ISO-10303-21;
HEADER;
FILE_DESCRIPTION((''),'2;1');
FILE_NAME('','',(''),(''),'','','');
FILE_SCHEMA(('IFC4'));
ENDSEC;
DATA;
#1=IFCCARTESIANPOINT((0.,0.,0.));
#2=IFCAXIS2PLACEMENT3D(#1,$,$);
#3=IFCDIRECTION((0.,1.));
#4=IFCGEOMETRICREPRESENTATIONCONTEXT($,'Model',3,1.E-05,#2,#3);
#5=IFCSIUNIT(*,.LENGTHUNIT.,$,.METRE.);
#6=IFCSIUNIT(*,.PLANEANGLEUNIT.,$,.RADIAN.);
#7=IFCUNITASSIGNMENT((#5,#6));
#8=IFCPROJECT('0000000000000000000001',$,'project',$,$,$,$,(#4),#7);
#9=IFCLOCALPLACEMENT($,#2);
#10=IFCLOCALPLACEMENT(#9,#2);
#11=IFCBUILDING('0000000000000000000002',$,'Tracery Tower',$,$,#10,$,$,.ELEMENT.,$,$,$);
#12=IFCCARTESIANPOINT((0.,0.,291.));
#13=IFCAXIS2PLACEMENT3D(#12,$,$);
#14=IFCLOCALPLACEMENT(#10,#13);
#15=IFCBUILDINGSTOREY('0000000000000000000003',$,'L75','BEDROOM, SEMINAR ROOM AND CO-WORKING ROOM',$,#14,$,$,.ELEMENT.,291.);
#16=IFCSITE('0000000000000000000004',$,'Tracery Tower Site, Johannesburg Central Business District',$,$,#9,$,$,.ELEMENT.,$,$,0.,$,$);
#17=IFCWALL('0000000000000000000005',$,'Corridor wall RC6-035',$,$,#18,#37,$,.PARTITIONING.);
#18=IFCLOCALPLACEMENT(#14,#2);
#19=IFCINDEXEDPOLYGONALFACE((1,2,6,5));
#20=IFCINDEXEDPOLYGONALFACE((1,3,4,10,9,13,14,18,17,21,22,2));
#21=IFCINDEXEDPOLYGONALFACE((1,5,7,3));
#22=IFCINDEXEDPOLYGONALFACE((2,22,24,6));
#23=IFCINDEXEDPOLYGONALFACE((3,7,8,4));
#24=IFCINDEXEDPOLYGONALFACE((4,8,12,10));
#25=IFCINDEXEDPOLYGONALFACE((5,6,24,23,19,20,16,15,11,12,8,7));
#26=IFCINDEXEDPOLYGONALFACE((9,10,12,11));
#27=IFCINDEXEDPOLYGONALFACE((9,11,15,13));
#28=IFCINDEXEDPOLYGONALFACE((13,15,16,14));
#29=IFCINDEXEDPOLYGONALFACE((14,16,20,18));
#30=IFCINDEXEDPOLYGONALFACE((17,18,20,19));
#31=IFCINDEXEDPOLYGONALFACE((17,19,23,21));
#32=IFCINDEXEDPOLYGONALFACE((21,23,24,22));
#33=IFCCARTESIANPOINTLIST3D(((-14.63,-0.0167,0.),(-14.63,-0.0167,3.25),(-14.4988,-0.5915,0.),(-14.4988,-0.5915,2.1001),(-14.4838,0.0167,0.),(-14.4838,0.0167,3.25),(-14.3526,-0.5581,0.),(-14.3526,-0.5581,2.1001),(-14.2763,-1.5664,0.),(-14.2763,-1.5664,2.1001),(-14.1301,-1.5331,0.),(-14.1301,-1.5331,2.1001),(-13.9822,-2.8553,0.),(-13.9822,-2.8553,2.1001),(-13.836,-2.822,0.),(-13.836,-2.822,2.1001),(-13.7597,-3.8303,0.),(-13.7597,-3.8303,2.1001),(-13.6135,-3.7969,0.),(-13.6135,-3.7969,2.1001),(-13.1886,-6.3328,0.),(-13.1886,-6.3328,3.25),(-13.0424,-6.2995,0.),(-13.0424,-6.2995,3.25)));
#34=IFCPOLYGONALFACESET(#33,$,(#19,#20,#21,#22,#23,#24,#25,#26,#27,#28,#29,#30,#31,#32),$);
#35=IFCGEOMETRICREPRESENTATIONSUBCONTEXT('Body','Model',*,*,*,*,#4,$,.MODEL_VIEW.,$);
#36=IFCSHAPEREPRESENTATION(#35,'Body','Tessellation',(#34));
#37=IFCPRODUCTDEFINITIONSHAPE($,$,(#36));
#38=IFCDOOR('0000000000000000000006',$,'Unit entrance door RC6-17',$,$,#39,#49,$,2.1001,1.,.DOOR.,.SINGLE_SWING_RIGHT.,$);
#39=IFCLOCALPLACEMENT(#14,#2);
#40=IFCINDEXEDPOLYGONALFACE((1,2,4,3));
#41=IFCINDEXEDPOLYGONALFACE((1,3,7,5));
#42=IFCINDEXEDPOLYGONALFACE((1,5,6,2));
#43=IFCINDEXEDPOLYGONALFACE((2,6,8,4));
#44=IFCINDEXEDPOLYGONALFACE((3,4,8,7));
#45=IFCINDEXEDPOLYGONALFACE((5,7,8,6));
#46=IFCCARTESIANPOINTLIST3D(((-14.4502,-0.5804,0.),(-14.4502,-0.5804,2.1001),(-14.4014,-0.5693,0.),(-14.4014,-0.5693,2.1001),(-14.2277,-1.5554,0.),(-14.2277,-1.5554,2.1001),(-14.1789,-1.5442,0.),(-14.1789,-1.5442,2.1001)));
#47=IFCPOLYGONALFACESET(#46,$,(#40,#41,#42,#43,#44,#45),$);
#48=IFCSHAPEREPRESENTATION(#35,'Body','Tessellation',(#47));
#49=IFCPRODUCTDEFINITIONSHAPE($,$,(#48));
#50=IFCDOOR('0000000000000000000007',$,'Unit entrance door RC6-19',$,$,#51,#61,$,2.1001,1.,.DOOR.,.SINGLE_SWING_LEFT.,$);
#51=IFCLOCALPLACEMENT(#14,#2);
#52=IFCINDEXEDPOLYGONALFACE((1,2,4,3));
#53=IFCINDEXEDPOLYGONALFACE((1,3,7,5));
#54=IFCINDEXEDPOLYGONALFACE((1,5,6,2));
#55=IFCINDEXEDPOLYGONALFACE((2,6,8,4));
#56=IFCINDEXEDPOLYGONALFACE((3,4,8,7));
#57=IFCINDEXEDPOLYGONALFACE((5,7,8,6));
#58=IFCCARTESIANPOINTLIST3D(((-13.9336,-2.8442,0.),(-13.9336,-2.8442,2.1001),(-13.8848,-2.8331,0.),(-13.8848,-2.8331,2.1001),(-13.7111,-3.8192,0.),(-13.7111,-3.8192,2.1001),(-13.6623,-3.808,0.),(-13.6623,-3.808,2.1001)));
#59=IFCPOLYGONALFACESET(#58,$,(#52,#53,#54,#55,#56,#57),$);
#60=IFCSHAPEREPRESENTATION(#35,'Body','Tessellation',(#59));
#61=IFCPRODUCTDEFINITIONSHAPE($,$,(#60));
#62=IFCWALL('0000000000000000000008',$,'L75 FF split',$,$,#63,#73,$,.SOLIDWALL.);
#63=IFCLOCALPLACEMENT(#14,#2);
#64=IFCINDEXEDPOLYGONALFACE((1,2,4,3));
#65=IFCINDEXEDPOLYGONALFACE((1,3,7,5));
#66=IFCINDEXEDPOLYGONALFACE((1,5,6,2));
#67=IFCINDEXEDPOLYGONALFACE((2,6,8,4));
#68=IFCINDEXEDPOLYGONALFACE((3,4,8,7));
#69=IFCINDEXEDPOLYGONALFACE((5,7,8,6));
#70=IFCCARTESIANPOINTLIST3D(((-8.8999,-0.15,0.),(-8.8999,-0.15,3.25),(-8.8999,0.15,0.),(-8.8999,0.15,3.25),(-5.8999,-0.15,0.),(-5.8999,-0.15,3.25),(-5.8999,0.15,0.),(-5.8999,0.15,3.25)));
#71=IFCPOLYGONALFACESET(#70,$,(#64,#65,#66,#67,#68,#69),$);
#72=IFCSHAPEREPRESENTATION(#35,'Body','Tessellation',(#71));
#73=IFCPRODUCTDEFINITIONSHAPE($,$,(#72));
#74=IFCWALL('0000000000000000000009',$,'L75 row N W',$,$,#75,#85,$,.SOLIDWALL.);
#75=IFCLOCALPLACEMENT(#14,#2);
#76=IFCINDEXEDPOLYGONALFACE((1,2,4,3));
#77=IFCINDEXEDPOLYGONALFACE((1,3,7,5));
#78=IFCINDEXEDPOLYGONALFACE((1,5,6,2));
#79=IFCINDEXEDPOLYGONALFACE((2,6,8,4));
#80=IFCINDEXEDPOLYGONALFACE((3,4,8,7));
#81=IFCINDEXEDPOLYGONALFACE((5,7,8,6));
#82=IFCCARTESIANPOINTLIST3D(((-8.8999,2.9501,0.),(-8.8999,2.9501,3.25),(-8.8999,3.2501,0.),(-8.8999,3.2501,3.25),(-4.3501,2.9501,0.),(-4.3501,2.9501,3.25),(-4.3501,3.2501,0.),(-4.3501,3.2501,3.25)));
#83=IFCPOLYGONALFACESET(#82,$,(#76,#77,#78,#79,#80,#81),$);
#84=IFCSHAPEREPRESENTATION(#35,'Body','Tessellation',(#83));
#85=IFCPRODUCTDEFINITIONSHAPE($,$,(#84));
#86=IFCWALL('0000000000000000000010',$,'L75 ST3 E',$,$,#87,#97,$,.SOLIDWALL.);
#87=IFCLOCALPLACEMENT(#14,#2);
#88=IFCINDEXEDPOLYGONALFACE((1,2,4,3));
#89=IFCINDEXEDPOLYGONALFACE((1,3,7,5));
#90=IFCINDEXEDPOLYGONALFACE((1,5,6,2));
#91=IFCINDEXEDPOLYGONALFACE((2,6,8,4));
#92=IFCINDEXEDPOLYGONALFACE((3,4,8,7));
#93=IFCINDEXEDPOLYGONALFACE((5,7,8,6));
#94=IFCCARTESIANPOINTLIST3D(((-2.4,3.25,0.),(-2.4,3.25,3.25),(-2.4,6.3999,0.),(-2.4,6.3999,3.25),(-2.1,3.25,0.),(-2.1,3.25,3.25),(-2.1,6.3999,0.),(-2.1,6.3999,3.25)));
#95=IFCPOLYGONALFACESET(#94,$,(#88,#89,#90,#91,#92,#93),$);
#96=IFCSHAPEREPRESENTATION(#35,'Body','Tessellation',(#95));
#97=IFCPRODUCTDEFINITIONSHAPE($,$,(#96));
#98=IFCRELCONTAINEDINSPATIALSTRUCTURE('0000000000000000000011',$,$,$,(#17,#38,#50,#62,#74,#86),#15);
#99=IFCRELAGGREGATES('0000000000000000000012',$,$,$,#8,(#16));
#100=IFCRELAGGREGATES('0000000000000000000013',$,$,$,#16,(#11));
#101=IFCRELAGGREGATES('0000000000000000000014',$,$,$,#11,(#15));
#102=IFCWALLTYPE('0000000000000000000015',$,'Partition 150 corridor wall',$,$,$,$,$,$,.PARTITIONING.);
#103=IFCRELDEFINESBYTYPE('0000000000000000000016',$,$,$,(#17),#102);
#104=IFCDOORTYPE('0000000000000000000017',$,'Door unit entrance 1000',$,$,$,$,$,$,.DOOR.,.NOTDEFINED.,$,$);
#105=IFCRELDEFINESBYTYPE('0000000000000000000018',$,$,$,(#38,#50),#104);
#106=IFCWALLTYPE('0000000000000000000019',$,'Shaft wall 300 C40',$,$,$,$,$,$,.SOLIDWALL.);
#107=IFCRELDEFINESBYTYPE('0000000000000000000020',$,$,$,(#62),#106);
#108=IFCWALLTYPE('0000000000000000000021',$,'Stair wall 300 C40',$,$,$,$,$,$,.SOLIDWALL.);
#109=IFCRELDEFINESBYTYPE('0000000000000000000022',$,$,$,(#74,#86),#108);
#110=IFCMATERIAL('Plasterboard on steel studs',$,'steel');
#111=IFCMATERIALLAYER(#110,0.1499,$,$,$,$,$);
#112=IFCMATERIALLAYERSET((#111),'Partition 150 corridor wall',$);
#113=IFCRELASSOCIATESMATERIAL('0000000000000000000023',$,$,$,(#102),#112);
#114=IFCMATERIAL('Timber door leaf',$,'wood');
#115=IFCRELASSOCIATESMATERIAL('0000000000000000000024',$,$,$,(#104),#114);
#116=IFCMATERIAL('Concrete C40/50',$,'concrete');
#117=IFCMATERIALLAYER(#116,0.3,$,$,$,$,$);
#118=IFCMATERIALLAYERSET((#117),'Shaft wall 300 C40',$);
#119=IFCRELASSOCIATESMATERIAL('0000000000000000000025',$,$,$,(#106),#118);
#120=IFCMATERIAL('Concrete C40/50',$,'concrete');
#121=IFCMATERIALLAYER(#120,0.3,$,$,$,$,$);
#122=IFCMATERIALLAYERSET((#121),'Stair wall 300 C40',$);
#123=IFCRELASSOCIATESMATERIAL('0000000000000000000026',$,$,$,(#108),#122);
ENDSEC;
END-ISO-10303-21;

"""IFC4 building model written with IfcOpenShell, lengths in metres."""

from ifc_helpers import new_model, si_unit, direction, frame, frame_2d, origin, place, context, subcontext, project, spatial, rectangle, extrude, material, layer, layer_set, type_object, element, fill, save


model = new_model("IFC4")

# Units and contexts
model_context = context("Model", 3, precision=1e-05, world=origin(), true_north=direction((0.0, 1.0)))
body_context = subcontext(model_context, "Body", "Model", "MODEL_VIEW")
ifc_project = project(units=[si_unit("LENGTHUNIT", "METRE"), si_unit("PLANEANGLEUNIT", "RADIAN")], contexts=[model_context])

# Site, building, storey
site_placement = place(None, origin())
site = spatial("IfcSite", under=ifc_project, at=site_placement, Name="Tracery Tower Site, Johannesburg Central Business District", CompositionType="ELEMENT", RefElevation=0.0)
building_placement = place(site_placement, origin())
building = spatial("IfcBuilding", under=site, at=building_placement, Name="Tracery Tower", CompositionType="ELEMENT")
storey_placement = place(building_placement, frame((0.0, 0.0, 291.0)))
storey = spatial("IfcBuildingStorey", under=building, at=storey_placement, Name="L75", Description="BEDROOM, SEMINAR ROOM AND CO-WORKING ROOM", CompositionType="ELEMENT", Elevation=291.0)

# Shared definitions
ifc_material_1 = material(Name="Plasterboard on steel studs", Category="steel")
ifc_layer_1 = layer(ifc_material_1, 0.1499)
ifc_layer_set_1 = layer_set([ifc_layer_1], Name="Partition 150 corridor wall")
wall_type_1 = type_object("IfcWallType", Name="Partition 150 corridor wall", PredefinedType="PARTITIONING", material=ifc_layer_set_1)

# Shared definitions
ifc_material_2 = material(Name="Timber door leaf", Category="wood")
door_type_1 = type_object("IfcDoorType", Name="Door unit entrance 1000", OperationType="NOTDEFINED", PredefinedType="DOOR", material=ifc_material_2)

# Wall, openings, doors
wall_1_placement = place(storey_placement, frame((-14.5569, 0.0, 0.0), z_axis=(0.0, 0.0, 1.0), x_axis=(0.222489, -0.974935, 0.0)))
wall_1 = element("IfcWall", 1, at=wall_1_placement, inside=storey, type_object=wall_type_1, Name="Corridor wall RC6-035", PredefinedType="PARTITIONING", context=body_context, shape_type="SweptSolid", body=[
    extrude(rectangle(XDim=6.4785, YDim=0.1499, at=frame_2d((3.2393, 0.0))), origin(), (0.0, 0.0, 1.0), 3.25),
])
opening_1_placement = place(wall_1_placement, frame((0.5896, 0.0, 0.0)))
opening_1 = element("IfcOpeningElement", 2, at=opening_1_placement, cuts=wall_1, PredefinedType="OPENING", context=body_context, shape_type="SweptSolid", body=[
    extrude(rectangle(XDim=1.0, YDim=2.1001, at=frame_2d((0.5, 1.05))), frame((0.0, 0.075, 0.0), z_axis=(0.0, -1.0, 0.0), x_axis=(1.0, 0.0, 0.0)), (0.0, 0.0, 1.0), 0.1499),
])
opening_2_placement = place(wall_1_placement, frame((2.9116, 0.0, 0.0)))
opening_2 = element("IfcOpeningElement", 3, at=opening_2_placement, cuts=wall_1, PredefinedType="OPENING", context=body_context, shape_type="SweptSolid", body=[
    extrude(rectangle(XDim=1.0, YDim=2.1001, at=frame_2d((0.5, 1.05))), frame((0.0, 0.075, 0.0), z_axis=(0.0, -1.0, 0.0), x_axis=(1.0, 0.0, 0.0)), (0.0, 0.0, 1.0), 0.1499),
])
door_1_placement = place(opening_1_placement, origin())
door_1 = element("IfcDoor", 4, at=door_1_placement, inside=storey, type_object=door_type_1, Name="Unit entrance door RC6-17", OperationType="SINGLE_SWING_RIGHT", OverallHeight=2.1001, OverallWidth=1.0, PredefinedType="DOOR", context=body_context, shape_type="SweptSolid", body=[
    extrude(rectangle(XDim=1.0, YDim=2.1001, at=frame_2d((0.5, 1.05))), frame((0.0, 0.0249, 0.0), z_axis=(0.0, -1.0, 0.0), x_axis=(1.0, 0.0, 0.0)), (0.0, 0.0, 1.0), 0.05),
])
fill(opening_1, door_1)
door_2_placement = place(opening_2_placement, origin())
door_2 = element("IfcDoor", 5, at=door_2_placement, inside=storey, type_object=door_type_1, Name="Unit entrance door RC6-19", OperationType="SINGLE_SWING_LEFT", OverallHeight=2.1001, OverallWidth=1.0, PredefinedType="DOOR", context=body_context, shape_type="SweptSolid", body=[
    extrude(rectangle(XDim=1.0, YDim=2.1001, at=frame_2d((0.5, 1.05))), frame((0.0, 0.0249, 0.0), z_axis=(0.0, -1.0, 0.0), x_axis=(1.0, 0.0, 0.0)), (0.0, 0.0, 1.0), 0.05),
])
fill(opening_2, door_2)

# Walls
ifc_material_3 = material(Name="Concrete C40/50", Category="concrete")
ifc_layer_2 = layer(ifc_material_3, 0.3)
ifc_layer_set_2 = layer_set([ifc_layer_2], Name="Shaft wall 300 C40")
wall_type_2 = type_object("IfcWallType", Name="Shaft wall 300 C40", PredefinedType="SOLIDWALL", material=ifc_layer_set_2)
wall_2_placement = place(storey_placement, frame((-8.8999, 0.0, 0.0), z_axis=(0.0, 0.0, 1.0), x_axis=(1.0, 0.0, 0.0)))
element("IfcWall", 6, at=wall_2_placement, inside=storey, type_object=wall_type_2, Name="L75 FF split", PredefinedType="SOLIDWALL", context=body_context, shape_type="SweptSolid", body=[
    extrude(rectangle(XDim=3.0, YDim=0.3, at=frame_2d((1.5, 0.0))), origin(), (0.0, 0.0, 1.0), 3.25),
])
ifc_material_4 = material(Name="Concrete C40/50", Category="concrete")
ifc_layer_3 = layer(ifc_material_4, 0.3)
ifc_layer_set_3 = layer_set([ifc_layer_3], Name="Stair wall 300 C40")
wall_type_3 = type_object("IfcWallType", Name="Stair wall 300 C40", PredefinedType="SOLIDWALL", material=ifc_layer_set_3)
wall_3_placement = place(storey_placement, frame((-8.8999, 3.1001, 0.0), z_axis=(0.0, 0.0, 1.0), x_axis=(1.0, 0.0, 0.0)))
element("IfcWall", 7, at=wall_3_placement, inside=storey, type_object=wall_type_3, Name="L75 row N W", PredefinedType="SOLIDWALL", context=body_context, shape_type="SweptSolid", body=[
    extrude(rectangle(XDim=4.5498, YDim=0.3, at=frame_2d((2.2749, 0.0))), origin(), (0.0, 0.0, 1.0), 3.25),
])

# Wall
wall_4_placement = place(storey_placement, frame((-2.25, 3.25, 0.0), z_axis=(0.0, 0.0, 1.0), x_axis=(0.0, 1.0, 0.0)))
element("IfcWall", 8, at=wall_4_placement, inside=storey, type_object=wall_type_3, Name="L75 ST3 E", PredefinedType="SOLIDWALL", context=body_context, shape_type="SweptSolid", body=[
    extrude(rectangle(XDim=3.1499, YDim=0.3, at=frame_2d((1.575, 0.0))), origin(), (0.0, 0.0, 1.0), 3.25),
])

save(model, "model.ifc")
